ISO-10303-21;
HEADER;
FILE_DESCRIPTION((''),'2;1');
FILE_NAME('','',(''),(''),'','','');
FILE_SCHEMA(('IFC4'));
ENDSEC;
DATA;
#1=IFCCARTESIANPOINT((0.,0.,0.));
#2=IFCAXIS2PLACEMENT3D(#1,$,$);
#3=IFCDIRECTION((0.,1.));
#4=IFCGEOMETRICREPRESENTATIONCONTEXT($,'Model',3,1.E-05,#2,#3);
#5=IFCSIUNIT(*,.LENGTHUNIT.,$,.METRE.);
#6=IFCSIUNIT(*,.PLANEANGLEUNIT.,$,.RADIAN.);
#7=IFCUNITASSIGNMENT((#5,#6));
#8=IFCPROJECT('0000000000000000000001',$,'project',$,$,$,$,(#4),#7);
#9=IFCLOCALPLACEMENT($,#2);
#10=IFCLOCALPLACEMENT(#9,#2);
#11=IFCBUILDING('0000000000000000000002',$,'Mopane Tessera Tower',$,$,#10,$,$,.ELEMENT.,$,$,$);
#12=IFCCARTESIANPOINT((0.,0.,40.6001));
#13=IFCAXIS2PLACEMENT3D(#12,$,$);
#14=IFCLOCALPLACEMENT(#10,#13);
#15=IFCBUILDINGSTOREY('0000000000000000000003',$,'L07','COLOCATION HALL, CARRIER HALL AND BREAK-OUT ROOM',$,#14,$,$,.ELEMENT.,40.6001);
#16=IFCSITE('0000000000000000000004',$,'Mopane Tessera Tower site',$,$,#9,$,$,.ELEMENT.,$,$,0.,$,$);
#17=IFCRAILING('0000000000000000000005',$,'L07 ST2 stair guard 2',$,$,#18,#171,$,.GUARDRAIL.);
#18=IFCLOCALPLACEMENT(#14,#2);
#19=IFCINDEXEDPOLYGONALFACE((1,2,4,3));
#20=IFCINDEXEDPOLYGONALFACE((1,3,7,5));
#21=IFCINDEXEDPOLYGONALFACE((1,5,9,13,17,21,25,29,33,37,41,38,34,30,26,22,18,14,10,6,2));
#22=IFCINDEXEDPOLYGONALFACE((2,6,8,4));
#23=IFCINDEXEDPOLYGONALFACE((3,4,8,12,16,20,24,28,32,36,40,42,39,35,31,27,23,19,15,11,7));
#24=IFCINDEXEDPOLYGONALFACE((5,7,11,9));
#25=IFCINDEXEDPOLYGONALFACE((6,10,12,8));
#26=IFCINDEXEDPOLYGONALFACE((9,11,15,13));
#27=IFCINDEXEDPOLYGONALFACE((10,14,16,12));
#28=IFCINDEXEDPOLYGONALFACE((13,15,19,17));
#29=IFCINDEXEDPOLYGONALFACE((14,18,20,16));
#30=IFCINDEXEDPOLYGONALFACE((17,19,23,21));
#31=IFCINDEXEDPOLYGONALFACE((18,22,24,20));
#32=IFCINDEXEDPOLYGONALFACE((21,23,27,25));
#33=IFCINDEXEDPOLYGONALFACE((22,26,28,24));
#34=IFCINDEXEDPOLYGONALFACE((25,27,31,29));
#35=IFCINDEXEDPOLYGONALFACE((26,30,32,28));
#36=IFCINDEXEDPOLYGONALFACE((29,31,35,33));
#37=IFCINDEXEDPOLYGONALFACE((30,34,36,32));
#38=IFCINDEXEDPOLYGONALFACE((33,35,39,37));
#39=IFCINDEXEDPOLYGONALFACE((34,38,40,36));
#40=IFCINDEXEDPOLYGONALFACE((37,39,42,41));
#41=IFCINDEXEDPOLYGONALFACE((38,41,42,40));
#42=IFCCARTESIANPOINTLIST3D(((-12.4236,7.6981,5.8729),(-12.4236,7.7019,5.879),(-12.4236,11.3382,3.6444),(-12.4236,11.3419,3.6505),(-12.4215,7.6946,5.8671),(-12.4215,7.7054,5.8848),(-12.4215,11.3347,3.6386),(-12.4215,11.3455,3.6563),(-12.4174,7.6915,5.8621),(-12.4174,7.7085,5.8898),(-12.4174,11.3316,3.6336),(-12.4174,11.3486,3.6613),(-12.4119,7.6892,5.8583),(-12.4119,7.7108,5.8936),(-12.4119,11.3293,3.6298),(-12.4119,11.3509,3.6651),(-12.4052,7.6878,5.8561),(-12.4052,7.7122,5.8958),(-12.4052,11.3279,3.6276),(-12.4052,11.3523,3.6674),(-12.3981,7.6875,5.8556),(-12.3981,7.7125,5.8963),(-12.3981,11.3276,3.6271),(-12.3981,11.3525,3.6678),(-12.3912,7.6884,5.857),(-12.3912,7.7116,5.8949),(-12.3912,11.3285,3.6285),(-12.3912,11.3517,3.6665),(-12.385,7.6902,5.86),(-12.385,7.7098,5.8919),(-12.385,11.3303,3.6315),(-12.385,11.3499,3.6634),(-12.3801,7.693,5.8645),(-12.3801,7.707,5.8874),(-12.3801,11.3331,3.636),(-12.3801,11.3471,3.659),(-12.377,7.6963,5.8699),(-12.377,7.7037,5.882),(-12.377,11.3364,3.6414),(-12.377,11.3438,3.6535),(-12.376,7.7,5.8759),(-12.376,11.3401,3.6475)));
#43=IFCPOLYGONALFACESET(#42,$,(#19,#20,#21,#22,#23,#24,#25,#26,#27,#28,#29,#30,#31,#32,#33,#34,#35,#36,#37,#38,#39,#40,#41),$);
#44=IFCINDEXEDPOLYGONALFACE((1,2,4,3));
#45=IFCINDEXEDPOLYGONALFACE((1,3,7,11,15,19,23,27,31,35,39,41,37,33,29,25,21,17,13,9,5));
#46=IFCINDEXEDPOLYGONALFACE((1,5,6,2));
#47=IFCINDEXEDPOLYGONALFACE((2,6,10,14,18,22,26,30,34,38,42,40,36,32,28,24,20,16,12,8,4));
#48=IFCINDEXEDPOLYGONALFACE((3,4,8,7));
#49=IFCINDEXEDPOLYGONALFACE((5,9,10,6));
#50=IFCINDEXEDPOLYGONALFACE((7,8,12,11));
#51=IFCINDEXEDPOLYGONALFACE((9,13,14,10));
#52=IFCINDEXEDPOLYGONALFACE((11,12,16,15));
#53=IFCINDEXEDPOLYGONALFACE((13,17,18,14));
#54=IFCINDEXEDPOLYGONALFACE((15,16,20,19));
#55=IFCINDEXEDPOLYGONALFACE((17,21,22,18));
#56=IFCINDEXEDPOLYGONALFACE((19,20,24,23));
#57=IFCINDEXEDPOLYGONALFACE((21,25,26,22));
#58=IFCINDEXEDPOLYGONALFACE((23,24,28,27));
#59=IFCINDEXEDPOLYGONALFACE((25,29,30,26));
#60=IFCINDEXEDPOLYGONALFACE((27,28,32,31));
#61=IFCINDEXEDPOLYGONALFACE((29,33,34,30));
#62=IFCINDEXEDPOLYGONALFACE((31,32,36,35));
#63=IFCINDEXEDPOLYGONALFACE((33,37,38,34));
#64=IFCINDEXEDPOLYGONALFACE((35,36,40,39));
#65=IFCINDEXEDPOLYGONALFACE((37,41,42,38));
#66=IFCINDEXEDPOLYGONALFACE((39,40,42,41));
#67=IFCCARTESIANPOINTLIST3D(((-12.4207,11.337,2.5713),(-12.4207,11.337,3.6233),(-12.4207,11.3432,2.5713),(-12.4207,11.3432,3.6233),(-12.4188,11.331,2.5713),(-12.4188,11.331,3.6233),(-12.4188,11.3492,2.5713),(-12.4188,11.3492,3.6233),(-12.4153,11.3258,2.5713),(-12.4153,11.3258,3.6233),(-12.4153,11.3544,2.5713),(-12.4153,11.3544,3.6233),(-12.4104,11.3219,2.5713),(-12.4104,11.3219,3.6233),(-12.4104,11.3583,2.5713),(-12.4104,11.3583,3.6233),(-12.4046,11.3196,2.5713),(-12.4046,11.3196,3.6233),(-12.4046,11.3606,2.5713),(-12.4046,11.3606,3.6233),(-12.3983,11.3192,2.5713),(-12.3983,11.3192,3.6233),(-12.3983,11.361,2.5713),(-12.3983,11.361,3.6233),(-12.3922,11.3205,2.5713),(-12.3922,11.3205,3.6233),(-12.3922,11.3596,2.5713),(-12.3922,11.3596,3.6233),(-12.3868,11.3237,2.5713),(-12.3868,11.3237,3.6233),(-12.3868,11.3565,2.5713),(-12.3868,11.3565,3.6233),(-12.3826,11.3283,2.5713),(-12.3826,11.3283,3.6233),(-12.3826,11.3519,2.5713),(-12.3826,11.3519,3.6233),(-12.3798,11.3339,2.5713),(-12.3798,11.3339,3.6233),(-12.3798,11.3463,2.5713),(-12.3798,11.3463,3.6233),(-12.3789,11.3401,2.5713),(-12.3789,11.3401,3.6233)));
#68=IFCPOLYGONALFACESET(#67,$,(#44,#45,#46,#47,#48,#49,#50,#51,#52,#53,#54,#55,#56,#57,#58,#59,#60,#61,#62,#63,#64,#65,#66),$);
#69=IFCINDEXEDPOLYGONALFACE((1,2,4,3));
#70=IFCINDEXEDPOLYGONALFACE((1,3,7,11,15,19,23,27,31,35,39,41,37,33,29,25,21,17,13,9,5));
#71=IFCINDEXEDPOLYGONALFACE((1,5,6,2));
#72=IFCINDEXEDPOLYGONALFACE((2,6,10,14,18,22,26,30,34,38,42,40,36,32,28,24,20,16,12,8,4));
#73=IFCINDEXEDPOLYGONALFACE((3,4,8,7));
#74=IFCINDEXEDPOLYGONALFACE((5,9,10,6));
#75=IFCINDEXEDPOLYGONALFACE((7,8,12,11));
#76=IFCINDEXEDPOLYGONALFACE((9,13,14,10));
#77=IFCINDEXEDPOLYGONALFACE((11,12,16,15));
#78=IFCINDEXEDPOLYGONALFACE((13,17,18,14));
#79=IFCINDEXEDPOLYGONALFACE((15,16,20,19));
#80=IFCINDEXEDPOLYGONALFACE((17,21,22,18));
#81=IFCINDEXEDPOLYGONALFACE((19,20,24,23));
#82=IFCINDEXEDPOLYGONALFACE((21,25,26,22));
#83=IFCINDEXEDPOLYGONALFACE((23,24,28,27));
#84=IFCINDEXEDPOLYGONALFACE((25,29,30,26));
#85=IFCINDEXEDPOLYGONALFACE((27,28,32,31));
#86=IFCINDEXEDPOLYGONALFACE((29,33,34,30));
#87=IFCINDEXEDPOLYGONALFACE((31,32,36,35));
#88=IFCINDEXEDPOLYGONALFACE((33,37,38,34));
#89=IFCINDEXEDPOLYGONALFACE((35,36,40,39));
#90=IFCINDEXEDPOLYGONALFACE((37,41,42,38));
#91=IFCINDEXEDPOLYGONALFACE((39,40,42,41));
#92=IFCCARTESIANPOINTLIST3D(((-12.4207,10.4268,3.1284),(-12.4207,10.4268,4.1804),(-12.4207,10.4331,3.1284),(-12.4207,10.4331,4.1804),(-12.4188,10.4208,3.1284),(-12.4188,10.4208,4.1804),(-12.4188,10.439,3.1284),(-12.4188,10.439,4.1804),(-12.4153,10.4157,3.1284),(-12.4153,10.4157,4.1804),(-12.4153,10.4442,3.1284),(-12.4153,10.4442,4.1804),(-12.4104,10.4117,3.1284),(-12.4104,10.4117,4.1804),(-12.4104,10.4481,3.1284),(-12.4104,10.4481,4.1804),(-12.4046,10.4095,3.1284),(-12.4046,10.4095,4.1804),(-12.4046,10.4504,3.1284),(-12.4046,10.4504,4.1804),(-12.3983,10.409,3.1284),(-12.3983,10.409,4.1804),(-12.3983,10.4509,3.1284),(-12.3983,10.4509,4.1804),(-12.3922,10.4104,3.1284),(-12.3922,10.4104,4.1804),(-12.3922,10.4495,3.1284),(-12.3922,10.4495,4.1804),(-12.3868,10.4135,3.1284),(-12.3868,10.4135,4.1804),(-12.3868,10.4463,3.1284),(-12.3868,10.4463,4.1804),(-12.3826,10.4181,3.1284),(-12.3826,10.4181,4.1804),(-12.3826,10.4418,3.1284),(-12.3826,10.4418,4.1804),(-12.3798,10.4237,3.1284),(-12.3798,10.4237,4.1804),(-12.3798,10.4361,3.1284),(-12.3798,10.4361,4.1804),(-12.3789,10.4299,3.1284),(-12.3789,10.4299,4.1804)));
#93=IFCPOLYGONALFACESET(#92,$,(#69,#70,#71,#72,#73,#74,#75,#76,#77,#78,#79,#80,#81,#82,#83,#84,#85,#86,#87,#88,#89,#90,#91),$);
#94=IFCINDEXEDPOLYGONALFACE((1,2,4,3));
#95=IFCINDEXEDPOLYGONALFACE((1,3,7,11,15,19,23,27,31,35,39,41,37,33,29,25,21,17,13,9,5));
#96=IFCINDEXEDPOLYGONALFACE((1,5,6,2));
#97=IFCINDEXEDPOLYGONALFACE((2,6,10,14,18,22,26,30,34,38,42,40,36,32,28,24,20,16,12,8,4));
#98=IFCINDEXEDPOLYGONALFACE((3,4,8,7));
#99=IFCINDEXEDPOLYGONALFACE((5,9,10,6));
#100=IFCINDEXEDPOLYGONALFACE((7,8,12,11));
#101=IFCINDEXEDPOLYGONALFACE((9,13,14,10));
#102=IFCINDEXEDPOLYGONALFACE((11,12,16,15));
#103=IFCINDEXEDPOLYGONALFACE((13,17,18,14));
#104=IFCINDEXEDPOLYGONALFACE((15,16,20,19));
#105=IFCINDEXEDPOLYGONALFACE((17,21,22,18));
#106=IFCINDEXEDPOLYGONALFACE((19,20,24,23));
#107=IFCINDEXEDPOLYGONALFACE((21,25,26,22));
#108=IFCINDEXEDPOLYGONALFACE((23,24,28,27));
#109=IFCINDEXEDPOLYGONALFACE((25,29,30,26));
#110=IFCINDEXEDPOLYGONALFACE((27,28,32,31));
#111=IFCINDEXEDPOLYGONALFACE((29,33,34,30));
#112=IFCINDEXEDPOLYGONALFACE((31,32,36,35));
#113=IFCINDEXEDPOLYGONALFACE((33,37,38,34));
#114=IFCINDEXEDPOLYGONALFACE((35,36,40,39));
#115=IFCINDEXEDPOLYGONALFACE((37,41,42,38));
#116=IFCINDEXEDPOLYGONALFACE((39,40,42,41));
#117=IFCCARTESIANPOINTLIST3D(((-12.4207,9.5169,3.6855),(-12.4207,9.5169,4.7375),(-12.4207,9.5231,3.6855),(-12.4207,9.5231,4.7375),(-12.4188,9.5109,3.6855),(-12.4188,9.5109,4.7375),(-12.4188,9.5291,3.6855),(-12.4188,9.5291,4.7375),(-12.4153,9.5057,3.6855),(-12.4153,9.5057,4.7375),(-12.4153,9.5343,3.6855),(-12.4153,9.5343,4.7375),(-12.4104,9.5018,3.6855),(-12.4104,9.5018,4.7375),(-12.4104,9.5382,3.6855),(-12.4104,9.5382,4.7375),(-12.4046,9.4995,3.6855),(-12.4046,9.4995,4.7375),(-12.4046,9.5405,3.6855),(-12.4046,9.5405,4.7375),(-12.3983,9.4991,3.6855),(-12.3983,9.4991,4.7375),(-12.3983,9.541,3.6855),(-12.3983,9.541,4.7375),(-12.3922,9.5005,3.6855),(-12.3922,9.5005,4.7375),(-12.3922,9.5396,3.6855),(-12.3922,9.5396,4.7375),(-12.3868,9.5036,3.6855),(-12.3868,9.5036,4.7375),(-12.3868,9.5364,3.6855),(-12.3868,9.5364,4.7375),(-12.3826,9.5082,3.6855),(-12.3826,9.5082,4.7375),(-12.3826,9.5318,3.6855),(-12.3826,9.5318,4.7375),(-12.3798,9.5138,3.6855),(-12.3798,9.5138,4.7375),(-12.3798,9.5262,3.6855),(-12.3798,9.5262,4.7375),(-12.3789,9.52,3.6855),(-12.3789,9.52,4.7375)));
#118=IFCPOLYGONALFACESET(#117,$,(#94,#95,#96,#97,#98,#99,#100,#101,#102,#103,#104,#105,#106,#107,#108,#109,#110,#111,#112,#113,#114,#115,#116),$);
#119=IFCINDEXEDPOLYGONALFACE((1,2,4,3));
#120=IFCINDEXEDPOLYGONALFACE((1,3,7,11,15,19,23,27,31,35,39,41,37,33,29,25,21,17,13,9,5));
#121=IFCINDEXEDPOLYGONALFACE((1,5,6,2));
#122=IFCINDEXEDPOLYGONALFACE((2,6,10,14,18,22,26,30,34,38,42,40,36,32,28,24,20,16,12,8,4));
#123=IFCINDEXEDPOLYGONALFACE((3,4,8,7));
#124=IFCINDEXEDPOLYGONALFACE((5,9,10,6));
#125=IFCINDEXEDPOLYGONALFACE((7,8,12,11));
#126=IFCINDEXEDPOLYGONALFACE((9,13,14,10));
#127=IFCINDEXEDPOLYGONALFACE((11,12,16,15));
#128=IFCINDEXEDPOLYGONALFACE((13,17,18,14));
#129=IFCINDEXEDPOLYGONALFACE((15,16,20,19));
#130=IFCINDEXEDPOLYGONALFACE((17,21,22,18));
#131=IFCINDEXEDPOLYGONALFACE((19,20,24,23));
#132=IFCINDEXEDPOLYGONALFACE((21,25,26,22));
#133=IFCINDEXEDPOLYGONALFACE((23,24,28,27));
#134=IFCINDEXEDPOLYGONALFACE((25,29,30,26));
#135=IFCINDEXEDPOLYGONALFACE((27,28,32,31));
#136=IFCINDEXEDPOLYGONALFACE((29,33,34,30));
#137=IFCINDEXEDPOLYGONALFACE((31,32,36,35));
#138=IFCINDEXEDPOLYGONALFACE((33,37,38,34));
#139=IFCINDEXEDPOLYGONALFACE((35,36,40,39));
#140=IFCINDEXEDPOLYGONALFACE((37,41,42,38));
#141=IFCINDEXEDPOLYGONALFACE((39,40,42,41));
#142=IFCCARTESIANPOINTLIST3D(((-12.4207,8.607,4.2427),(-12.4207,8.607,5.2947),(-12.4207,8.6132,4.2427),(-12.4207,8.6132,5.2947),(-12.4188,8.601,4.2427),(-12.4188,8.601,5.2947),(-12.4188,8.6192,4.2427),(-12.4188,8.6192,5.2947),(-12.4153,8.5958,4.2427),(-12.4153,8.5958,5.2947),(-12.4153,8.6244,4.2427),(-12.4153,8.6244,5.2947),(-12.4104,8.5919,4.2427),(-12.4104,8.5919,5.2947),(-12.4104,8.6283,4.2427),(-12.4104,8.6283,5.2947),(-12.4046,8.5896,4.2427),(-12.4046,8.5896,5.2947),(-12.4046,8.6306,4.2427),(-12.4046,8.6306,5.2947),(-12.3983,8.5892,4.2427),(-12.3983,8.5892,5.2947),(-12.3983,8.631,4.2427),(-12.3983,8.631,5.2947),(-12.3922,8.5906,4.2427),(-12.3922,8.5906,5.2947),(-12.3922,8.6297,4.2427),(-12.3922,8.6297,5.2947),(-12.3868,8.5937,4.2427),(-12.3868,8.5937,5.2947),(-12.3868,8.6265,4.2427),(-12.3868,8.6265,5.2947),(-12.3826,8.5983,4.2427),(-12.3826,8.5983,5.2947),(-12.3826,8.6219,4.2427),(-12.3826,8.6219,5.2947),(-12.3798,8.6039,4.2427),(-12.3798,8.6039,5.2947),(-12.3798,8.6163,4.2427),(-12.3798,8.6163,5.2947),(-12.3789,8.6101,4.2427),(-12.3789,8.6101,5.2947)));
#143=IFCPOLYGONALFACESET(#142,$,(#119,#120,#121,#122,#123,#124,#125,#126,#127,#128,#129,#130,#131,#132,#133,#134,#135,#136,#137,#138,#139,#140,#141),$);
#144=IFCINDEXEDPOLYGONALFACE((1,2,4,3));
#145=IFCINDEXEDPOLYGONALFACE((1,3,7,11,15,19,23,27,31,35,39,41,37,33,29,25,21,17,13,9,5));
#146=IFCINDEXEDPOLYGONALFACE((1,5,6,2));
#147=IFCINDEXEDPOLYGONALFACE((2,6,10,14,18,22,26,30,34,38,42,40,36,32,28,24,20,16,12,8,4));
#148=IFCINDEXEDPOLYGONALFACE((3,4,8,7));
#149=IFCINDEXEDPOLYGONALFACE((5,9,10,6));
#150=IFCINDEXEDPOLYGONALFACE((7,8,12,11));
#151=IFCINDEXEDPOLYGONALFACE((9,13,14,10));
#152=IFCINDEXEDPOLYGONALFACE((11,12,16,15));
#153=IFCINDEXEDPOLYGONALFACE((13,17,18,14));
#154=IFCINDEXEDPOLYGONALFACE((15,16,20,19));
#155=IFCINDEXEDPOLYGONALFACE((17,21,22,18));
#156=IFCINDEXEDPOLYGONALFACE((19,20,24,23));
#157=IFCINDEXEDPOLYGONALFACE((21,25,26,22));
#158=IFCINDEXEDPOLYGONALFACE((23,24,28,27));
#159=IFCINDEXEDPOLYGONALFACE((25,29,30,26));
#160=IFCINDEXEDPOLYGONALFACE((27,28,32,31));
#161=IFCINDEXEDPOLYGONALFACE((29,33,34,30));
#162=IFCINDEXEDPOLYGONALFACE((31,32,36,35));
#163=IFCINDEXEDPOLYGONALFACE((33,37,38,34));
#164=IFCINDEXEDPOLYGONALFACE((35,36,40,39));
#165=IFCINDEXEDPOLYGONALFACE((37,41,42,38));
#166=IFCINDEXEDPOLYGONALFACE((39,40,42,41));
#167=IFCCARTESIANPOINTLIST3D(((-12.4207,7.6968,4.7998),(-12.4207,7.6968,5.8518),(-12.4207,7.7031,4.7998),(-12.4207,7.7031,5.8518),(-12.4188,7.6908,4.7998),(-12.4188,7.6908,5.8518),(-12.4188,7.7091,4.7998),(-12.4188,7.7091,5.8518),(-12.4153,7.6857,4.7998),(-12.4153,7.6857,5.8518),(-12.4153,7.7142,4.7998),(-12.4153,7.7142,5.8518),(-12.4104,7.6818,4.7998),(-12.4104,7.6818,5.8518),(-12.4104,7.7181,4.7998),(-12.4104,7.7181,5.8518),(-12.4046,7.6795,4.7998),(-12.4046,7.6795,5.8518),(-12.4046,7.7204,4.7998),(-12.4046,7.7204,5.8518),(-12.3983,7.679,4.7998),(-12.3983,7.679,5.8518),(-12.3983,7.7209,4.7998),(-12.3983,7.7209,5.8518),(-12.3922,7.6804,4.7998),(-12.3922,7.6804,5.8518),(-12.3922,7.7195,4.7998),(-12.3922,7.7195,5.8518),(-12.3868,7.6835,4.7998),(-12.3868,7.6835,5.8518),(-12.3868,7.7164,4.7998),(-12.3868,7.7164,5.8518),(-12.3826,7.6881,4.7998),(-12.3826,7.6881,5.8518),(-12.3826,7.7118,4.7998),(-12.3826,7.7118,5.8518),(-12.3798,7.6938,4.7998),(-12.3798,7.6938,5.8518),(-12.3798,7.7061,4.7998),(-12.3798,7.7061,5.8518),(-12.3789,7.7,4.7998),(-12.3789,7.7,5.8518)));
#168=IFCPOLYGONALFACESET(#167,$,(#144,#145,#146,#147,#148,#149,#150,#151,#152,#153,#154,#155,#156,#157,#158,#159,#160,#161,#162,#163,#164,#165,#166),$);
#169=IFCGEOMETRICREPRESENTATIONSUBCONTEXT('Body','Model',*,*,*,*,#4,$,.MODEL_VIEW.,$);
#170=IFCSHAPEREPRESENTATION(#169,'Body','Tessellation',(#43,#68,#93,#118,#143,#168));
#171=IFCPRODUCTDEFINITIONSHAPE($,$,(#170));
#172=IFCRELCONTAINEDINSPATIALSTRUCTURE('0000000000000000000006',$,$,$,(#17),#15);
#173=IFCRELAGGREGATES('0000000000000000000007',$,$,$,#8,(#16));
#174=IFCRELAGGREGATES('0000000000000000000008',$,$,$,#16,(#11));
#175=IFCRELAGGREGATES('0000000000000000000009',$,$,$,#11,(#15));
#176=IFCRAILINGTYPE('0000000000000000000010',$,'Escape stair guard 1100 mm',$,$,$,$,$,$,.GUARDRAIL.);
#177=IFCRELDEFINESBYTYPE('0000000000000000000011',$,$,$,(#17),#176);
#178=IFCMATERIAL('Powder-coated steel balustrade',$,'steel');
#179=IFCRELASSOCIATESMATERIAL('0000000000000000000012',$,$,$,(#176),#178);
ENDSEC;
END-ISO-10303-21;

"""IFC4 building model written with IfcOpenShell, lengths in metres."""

from ifc_helpers import new_model, si_unit, direction, frame, origin, origin_2d, place, context, subcontext, project, spatial, circle, extrude, material, type_object, element, save


model = new_model("IFC4")

# Units and contexts
model_context = context("Model", 3, precision=1e-05, world=origin(), true_north=direction((0.0, 1.0)))
body_context = subcontext(model_context, "Body", "Model", "MODEL_VIEW")
ifc_project = project(units=[si_unit("LENGTHUNIT", "METRE"), si_unit("PLANEANGLEUNIT", "RADIAN")], contexts=[model_context])

# Site, building, storey
site_placement = place(None, origin())
site = spatial("IfcSite", under=ifc_project, at=site_placement, Name="Mopane Tessera Tower site", CompositionType="ELEMENT", RefElevation=0.0)
building_placement = place(site_placement, origin())
building = spatial("IfcBuilding", under=site, at=building_placement, Name="Mopane Tessera Tower", CompositionType="ELEMENT")
storey_placement = place(building_placement, frame((0.0, 0.0, 40.6001)))
storey = spatial("IfcBuildingStorey", under=building, at=storey_placement, Name="L07", Description="COLOCATION HALL, CARRIER HALL AND BREAK-OUT ROOM", CompositionType="ELEMENT", Elevation=40.6001)

# Railing
ifc_material_1 = material(Name="Powder-coated steel balustrade", Category="steel")
railing_type_1 = type_object("IfcRailingType", Name="Escape stair guard 1100 mm", PredefinedType="GUARDRAIL", material=ifc_material_1)
railing_1_placement = place(storey_placement, frame((-12.3999, 11.3401, 2.5713)))
element("IfcRailing", 1, at=railing_1_placement, inside=storey, type_object=railing_type_1, Name="L07 ST2 stair guard 2", PredefinedType="GUARDRAIL", context=body_context, shape_type="SweptSolid", body=[
    extrude(circle(Radius=0.0239, at=origin_2d()), frame((0.0, 0.0, 1.0762), z_axis=(0.0, -0.852866, 0.52213), x_axis=(1.0, 0.0, 0.0)), (0.0, 0.0, 1.0), 4.2681),
    extrude(circle(Radius=0.021, at=origin_2d()), origin(), (0.0, 0.0, 1.0), 1.052),
    extrude(circle(Radius=0.021, at=origin_2d()), frame((0.0, -0.9102, 0.5571)), (0.0, 0.0, 1.0), 1.052),
    extrude(circle(Radius=0.021, at=origin_2d()), frame((0.0, -1.8201, 1.1143)), (0.0, 0.0, 1.0), 1.052),
    extrude(circle(Radius=0.021, at=origin_2d()), frame((0.0, -2.73, 1.6714)), (0.0, 0.0, 1.0), 1.052),
    extrude(circle(Radius=0.021, at=origin_2d()), frame((0.0, -3.6401, 2.2285)), (0.0, 0.0, 1.0), 1.052),
])

save(model, "model.ifc")
